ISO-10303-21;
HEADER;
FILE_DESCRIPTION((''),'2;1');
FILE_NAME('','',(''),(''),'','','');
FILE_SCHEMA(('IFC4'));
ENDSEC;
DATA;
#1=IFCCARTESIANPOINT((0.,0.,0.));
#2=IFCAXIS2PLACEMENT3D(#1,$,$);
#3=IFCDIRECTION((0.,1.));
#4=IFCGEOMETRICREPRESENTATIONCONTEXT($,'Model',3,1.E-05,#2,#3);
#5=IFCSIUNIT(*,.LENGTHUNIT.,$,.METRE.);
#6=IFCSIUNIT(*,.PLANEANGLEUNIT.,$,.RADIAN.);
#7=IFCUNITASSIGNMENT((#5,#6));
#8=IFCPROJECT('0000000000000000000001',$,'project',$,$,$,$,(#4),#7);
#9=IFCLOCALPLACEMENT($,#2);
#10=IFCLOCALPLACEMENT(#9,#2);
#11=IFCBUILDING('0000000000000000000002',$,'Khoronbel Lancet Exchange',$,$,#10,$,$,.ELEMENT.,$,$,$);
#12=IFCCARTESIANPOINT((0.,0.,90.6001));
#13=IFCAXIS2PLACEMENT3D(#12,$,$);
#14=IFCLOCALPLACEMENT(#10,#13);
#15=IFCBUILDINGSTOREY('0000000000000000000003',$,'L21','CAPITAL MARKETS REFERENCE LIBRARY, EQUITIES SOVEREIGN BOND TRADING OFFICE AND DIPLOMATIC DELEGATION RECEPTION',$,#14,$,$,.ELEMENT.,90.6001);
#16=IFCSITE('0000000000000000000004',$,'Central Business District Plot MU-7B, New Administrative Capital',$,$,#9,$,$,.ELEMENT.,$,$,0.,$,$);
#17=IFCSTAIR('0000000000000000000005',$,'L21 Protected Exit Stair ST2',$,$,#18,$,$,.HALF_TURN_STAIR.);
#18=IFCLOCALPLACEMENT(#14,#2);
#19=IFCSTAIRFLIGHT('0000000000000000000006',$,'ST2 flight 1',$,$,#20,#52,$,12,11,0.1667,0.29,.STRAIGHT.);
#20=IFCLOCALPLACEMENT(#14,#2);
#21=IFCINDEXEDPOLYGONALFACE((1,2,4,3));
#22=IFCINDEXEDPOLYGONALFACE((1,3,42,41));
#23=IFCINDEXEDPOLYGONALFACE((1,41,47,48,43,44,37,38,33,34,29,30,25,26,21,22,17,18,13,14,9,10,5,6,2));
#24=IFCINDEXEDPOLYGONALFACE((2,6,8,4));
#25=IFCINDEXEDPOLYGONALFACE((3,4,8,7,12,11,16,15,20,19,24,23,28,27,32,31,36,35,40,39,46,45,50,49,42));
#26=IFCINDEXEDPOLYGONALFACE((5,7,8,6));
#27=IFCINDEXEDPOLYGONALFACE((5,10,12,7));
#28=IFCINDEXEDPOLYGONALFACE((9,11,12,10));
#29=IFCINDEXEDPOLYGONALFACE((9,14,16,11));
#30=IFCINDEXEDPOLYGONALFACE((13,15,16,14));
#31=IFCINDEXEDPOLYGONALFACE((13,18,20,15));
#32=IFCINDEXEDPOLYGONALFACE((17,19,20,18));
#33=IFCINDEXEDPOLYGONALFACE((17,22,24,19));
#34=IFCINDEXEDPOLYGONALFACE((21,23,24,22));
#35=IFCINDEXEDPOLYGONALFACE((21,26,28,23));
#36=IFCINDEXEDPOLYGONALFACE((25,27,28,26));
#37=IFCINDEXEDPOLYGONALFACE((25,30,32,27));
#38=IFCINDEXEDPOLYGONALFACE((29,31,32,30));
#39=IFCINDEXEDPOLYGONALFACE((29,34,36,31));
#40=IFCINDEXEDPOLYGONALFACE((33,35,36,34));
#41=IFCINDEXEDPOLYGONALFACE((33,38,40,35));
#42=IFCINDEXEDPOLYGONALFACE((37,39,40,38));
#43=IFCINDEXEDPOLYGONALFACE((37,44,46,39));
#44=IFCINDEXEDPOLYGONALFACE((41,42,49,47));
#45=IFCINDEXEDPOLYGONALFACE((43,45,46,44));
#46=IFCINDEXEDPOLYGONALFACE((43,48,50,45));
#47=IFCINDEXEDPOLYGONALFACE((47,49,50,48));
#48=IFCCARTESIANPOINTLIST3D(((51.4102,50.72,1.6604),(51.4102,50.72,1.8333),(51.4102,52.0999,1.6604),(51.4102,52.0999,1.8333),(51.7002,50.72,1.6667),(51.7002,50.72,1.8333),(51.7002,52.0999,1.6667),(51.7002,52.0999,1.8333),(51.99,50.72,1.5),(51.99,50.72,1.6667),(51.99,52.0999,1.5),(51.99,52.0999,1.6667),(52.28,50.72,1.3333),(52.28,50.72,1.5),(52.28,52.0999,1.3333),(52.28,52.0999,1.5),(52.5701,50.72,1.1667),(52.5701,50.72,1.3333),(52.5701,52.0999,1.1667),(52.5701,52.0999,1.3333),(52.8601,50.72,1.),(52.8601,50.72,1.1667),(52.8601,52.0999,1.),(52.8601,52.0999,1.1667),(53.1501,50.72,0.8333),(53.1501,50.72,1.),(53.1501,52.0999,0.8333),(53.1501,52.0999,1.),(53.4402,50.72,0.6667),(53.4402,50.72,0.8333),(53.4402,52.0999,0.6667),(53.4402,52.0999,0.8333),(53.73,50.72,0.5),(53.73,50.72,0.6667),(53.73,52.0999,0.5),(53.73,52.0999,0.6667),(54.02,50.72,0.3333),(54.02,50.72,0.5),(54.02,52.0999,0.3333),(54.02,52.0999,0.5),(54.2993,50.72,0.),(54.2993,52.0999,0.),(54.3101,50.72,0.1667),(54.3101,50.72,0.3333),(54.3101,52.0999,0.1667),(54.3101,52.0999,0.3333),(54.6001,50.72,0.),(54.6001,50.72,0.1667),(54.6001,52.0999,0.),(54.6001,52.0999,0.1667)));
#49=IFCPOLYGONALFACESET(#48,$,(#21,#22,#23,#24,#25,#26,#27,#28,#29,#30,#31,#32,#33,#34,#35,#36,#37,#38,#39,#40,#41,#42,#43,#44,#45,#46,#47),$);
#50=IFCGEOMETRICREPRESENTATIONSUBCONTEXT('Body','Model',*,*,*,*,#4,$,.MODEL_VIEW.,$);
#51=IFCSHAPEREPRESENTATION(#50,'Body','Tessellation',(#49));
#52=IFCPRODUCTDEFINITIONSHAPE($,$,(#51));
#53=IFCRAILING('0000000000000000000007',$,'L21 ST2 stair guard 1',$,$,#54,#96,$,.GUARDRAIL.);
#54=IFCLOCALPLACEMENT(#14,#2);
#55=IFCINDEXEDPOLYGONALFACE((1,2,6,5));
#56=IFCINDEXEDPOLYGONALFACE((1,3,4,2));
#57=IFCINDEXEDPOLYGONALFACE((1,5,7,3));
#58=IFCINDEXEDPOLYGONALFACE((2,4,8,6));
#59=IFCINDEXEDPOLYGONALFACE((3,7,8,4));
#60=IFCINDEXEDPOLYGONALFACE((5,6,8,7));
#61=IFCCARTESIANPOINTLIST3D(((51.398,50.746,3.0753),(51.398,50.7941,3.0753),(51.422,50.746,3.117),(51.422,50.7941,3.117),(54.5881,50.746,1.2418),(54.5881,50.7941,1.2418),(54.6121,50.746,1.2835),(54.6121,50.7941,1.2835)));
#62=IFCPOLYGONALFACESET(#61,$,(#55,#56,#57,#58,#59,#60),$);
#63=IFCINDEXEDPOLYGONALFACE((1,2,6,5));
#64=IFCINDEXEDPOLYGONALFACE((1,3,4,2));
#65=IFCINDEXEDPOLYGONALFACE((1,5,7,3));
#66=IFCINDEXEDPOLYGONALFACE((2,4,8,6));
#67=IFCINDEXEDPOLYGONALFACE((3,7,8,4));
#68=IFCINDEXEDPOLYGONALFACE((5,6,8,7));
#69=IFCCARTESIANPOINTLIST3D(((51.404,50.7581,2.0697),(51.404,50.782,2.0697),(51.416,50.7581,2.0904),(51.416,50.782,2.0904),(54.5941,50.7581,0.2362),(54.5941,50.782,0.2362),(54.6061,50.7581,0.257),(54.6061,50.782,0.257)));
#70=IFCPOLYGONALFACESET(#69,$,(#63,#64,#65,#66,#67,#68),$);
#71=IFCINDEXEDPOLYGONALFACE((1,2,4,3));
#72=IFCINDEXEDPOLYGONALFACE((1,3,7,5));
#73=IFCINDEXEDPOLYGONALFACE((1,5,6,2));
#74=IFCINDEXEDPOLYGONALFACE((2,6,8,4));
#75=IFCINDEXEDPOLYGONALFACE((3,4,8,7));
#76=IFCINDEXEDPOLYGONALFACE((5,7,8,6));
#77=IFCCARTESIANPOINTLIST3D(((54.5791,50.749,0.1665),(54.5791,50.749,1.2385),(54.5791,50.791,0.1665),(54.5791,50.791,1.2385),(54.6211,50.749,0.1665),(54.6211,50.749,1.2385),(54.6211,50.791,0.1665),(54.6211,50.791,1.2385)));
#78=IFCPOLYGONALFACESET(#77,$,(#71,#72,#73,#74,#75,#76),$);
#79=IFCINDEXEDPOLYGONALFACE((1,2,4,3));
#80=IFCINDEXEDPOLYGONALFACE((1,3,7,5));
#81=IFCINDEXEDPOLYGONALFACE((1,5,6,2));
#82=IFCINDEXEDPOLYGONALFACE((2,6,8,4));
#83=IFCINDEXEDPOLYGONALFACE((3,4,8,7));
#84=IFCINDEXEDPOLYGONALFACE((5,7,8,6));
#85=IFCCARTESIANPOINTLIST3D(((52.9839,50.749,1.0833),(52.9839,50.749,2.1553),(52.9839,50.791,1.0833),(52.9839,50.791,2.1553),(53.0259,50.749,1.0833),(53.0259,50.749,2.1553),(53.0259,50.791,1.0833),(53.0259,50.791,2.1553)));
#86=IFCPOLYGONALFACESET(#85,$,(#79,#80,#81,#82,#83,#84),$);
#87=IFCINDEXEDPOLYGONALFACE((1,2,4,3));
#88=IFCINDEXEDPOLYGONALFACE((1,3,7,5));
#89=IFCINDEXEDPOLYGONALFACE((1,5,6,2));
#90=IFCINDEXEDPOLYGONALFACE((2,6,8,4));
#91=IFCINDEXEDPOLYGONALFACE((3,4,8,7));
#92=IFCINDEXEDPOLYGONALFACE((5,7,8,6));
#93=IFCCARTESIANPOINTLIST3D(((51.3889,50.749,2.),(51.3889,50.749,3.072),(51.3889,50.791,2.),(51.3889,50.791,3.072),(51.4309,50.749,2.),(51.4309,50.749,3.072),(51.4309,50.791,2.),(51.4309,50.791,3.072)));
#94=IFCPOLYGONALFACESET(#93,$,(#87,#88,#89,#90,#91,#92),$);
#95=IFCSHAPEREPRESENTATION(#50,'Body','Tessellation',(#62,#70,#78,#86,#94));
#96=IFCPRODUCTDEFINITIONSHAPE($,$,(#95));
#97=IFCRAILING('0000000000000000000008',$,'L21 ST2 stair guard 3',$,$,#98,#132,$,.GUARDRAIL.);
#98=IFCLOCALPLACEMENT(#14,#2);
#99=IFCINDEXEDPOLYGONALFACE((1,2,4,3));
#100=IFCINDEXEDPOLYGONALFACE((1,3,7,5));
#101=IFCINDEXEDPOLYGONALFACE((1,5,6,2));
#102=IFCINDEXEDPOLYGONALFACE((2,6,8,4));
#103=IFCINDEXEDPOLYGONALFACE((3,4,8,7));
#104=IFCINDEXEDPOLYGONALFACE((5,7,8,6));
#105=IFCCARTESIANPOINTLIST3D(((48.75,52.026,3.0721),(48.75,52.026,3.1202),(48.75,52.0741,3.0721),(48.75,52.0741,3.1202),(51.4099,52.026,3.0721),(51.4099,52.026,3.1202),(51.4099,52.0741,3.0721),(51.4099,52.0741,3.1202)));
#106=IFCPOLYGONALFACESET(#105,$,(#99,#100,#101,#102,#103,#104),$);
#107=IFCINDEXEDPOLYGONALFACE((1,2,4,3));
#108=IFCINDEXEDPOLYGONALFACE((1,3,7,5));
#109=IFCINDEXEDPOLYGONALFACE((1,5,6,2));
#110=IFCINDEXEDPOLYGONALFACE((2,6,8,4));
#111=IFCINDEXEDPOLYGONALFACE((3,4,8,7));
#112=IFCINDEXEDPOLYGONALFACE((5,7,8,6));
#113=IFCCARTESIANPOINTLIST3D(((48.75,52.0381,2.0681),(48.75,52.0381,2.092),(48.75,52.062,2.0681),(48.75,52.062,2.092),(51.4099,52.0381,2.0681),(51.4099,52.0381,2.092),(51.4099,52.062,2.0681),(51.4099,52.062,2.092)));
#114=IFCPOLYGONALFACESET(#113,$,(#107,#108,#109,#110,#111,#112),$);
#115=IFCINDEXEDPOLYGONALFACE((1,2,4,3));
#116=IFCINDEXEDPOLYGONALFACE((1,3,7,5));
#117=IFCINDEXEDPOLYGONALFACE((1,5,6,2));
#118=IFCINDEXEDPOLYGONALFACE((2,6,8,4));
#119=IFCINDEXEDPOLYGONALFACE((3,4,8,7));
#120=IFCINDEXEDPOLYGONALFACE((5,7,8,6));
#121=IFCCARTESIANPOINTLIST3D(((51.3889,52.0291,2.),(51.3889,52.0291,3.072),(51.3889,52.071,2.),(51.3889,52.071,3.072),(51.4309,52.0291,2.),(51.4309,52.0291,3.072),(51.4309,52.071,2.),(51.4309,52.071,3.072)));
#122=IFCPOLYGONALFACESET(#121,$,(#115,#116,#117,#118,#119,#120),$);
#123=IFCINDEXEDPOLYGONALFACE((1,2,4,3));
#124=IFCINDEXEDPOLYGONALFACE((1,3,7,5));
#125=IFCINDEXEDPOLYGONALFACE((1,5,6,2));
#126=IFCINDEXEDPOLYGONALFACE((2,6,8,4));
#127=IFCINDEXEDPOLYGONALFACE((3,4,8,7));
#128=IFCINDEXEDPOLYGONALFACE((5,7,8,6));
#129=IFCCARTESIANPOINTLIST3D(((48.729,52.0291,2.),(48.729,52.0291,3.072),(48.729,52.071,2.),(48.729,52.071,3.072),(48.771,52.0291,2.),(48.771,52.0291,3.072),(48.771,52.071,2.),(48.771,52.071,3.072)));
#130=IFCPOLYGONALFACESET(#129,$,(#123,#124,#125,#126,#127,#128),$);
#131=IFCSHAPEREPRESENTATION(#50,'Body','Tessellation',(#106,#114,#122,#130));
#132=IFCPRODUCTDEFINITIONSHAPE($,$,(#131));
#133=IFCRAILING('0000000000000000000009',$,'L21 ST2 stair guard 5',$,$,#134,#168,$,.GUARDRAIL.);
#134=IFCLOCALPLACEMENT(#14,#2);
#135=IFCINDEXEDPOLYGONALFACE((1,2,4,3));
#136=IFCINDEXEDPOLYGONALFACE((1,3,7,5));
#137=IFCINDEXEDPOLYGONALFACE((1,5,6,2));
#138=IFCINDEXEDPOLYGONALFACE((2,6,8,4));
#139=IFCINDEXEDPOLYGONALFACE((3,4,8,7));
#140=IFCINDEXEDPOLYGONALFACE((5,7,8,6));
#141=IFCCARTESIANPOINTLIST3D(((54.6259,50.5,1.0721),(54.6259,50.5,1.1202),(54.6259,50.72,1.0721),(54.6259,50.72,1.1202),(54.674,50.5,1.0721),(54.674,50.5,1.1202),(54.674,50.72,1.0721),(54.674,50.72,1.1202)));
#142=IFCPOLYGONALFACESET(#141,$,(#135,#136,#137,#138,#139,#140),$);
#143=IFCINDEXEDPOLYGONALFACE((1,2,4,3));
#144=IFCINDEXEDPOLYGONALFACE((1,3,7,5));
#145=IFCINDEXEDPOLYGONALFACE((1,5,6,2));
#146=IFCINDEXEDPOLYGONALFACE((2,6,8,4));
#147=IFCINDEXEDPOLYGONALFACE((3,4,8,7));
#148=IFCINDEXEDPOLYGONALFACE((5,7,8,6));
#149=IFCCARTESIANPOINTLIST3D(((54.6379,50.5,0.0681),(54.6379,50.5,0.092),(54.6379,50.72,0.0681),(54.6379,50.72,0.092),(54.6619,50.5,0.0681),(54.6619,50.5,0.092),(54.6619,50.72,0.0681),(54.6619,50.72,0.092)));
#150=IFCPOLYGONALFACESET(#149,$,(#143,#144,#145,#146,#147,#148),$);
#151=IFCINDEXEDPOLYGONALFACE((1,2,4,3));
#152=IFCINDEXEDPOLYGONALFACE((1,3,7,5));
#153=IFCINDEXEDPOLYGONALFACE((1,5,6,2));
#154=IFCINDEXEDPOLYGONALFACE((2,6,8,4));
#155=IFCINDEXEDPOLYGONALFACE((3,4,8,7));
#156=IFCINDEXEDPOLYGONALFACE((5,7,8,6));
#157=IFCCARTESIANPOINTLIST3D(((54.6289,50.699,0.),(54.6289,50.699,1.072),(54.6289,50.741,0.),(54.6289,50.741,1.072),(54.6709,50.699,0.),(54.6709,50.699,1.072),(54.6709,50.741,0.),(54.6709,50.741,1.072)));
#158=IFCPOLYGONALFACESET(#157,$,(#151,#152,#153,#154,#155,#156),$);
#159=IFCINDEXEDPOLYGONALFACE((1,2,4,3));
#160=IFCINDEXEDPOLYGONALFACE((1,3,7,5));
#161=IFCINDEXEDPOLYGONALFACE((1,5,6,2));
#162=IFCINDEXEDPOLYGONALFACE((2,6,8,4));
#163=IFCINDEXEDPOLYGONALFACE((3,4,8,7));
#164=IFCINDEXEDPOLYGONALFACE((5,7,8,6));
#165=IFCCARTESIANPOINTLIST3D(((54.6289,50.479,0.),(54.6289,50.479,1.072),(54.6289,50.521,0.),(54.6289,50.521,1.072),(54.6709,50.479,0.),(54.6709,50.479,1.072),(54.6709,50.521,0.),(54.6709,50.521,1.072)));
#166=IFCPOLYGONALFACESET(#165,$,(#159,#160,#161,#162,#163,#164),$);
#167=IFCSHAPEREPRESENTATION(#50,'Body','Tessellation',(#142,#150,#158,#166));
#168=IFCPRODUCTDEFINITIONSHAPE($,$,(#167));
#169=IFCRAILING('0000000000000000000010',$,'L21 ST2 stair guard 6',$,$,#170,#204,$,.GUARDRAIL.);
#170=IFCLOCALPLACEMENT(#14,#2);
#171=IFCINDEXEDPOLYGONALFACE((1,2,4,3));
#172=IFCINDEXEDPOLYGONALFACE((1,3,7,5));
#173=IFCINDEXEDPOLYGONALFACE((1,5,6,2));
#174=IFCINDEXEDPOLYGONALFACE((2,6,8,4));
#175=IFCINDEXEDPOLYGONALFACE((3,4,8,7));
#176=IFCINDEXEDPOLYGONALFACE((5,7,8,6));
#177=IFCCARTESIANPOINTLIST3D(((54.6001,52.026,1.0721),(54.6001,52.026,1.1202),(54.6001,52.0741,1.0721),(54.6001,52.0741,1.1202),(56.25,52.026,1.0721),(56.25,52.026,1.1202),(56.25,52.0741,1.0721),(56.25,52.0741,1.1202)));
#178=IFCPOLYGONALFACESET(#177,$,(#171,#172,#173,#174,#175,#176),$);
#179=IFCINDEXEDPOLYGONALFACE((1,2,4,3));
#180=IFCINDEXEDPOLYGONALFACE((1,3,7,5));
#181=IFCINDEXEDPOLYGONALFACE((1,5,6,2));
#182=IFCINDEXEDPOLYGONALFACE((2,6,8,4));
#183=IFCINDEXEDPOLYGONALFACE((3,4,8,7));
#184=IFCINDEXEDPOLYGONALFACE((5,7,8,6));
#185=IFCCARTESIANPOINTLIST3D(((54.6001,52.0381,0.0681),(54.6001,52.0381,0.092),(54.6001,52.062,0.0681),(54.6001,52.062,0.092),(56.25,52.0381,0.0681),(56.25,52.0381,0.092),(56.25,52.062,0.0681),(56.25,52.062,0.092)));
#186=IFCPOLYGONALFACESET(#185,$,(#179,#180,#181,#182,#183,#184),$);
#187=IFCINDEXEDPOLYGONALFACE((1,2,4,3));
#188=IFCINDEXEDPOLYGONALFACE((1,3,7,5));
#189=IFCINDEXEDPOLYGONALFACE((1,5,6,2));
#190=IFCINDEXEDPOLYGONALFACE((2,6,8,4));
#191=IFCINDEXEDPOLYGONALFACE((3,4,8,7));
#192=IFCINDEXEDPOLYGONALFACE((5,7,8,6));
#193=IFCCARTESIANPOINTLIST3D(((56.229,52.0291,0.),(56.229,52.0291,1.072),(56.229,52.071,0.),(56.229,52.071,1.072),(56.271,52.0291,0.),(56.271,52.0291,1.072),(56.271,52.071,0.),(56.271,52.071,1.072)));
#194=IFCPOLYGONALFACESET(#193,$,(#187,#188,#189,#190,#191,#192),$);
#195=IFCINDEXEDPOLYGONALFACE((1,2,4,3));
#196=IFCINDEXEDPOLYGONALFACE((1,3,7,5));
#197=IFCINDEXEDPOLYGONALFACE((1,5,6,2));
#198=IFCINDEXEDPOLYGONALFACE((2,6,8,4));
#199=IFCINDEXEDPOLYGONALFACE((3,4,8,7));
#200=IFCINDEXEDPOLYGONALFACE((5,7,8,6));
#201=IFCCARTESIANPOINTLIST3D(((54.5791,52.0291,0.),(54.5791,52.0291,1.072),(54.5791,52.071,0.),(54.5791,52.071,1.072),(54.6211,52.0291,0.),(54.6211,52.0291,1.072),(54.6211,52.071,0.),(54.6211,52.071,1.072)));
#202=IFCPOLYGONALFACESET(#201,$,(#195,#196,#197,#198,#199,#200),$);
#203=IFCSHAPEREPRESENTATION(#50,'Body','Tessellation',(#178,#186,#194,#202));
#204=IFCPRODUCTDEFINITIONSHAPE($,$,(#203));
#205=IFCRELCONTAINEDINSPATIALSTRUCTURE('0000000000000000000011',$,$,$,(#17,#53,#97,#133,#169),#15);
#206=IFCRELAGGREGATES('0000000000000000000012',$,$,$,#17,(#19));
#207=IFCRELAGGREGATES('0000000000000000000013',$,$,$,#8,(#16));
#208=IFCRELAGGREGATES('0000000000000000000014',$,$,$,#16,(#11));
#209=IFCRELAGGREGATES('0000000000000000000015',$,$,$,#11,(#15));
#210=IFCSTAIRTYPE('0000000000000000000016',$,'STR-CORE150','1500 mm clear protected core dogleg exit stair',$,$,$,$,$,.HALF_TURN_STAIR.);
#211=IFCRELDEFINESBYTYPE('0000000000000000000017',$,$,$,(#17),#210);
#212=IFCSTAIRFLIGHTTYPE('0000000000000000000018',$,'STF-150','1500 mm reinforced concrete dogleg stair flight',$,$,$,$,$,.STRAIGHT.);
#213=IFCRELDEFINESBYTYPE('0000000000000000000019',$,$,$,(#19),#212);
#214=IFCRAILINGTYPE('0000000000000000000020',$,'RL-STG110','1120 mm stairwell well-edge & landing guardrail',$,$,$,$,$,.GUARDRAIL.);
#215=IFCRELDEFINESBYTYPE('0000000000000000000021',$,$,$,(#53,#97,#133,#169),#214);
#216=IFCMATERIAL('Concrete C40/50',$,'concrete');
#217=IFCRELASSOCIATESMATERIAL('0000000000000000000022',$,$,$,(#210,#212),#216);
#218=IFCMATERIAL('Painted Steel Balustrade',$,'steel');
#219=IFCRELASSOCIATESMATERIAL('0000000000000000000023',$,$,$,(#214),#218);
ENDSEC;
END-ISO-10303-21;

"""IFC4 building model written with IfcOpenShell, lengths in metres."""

from ifc_helpers import new_model, si_unit, direction, frame, origin, origin_2d, place, context, subcontext, project, spatial, polyline, rectangle, outline, extrude, material, type_object, element, aggregate, save


model = new_model("IFC4")

# Units and contexts
model_context = context("Model", 3, precision=1e-05, world=origin(), true_north=direction((0.0, 1.0)))
body_context = subcontext(model_context, "Body", "Model", "MODEL_VIEW")
ifc_project = project(units=[si_unit("LENGTHUNIT", "METRE"), si_unit("PLANEANGLEUNIT", "RADIAN")], contexts=[model_context])

# Site, building, storey
site_placement = place(None, origin())
site = spatial("IfcSite", under=ifc_project, at=site_placement, Name="Central Business District Plot MU-7B, New Administrative Capital", CompositionType="ELEMENT", RefElevation=0.0)
building_placement = place(site_placement, origin())
building = spatial("IfcBuilding", under=site, at=building_placement, Name="Khoronbel Lancet Exchange", CompositionType="ELEMENT")
storey_placement = place(building_placement, frame((0.0, 0.0, 90.6001)))
storey = spatial("IfcBuildingStorey", under=building, at=storey_placement, Name="L21", Description="CAPITAL MARKETS REFERENCE LIBRARY, EQUITIES SOVEREIGN BOND TRADING OFFICE AND DIPLOMATIC DELEGATION RECEPTION", CompositionType="ELEMENT", Elevation=90.6001)

# Stair, stair flight
ifc_material_1 = material(Name="Concrete C40/50", Category="concrete")
stair_type = type_object("IfcStairType", Name="STR-CORE150", Description="1500 mm clear protected core dogleg exit stair", PredefinedType="HALF_TURN_STAIR", material=ifc_material_1)
stair_placement = place(storey_placement, origin())
stair = element("IfcStair", 1, at=stair_placement, inside=storey, type_object=stair_type, Name="L21 Protected Exit Stair ST2", PredefinedType="HALF_TURN_STAIR")
stair_flight_type = type_object("IfcStairFlightType", Name="STF-150", Description="1500 mm reinforced concrete dogleg stair flight", PredefinedType="STRAIGHT", material=ifc_material_1)
stair_flight_placement = place(storey_placement, frame((54.6001, 51.4099, 0.0), z_axis=(0.0, 0.0, 1.0), x_axis=(-1.0, 0.0, 0.0)))
stair_flight = element("IfcStairFlight", 2, at=stair_flight_placement, type_object=stair_flight_type, Name="ST2 flight 1", NumberOfRisers=12, NumberOfTreads=11, PredefinedType="STRAIGHT", RiserHeight=0.1667, TreadLength=0.29, context=body_context, shape_type="SweptSolid", body=[
    extrude(outline(polyline([(0.0, 0.0), (0.0, 0.1667), (0.29, 0.1667), (0.29, 0.3333), (0.5801, 0.3333), (0.5801, 0.5), (0.8701, 0.5), (0.8701, 0.6667), (1.1599, 0.6667), (1.1599, 0.8333), (1.45, 0.8333), (1.45, 1.0), (1.74, 1.0), (1.74, 1.1667), (2.03, 1.1667), (2.03, 1.3333), (2.3201, 1.3333), (2.3201, 1.5), (2.6101, 1.5), (2.6101, 1.6667), (2.8999, 1.6667), (2.8999, 1.8333), (3.1899, 1.8333), (3.1899, 2.0), (3.1899, 1.6604), (0.3008, 0.0), (0.0, 0.0)])), frame((0.0, 0.6899, 0.0), z_axis=(0.0, -1.0, 0.0), x_axis=(1.0, 0.0, 0.0)), (0.0, 0.0, 1.0), 1.3799),
])
aggregate(stair, [stair_flight])

# Railings
ifc_material_2 = material(Name="Painted Steel Balustrade", Category="steel")
railing_type_1 = type_object("IfcRailingType", Name="RL-STG110", Description="1120 mm stairwell well-edge & landing guardrail", PredefinedType="GUARDRAIL", material=ifc_material_2)
railing_1_placement = place(storey_placement, frame((54.6001, 50.77, 0.1665)))
element("IfcRailing", 3, at=railing_1_placement, inside=storey, type_object=railing_type_1, Name="L21 ST2 stair guard 1", PredefinedType="GUARDRAIL", context=body_context, shape_type="SweptSolid", body=[
    extrude(rectangle(XDim=0.0481, YDim=0.0481, at=origin_2d()), frame((0.0, 0.0, 1.0962), z_axis=(-0.867007, 0.0, 0.498295), x_axis=(0.0, -1.0, 0.0)), (0.0, 0.0, 1.0), 3.6794),
    extrude(rectangle(XDim=0.0239, YDim=0.0239, at=origin_2d()), frame((0.0, 0.0, 0.0801), z_axis=(-0.867007, 0.0, 0.498295), x_axis=(0.0, -1.0, 0.0)), (0.0, 0.0, 1.0), 3.6794),
    extrude(rectangle(XDim=0.042, YDim=0.042, at=origin_2d()), origin(), (0.0, 0.0, 1.0), 1.072),
    extrude(rectangle(XDim=0.042, YDim=0.042, at=origin_2d()), frame((-1.5952, 0.0, 0.9167)), (0.0, 0.0, 1.0), 1.072),
    extrude(rectangle(XDim=0.042, YDim=0.042, at=origin_2d()), frame((-3.1902, 0.0, 1.8335)), (0.0, 0.0, 1.0), 1.072),
])
railing_2_placement = place(storey_placement, frame((51.4099, 52.05, 2.0)))
element("IfcRailing", 4, at=railing_2_placement, inside=storey, type_object=railing_type_1, Name="L21 ST2 stair guard 3", PredefinedType="GUARDRAIL", context=body_context, shape_type="SweptSolid", body=[
    extrude(rectangle(XDim=0.0481, YDim=0.0481, at=origin_2d()), frame((0.0, 0.0, 1.0962), z_axis=(-1.0, 0.0, 0.0), x_axis=(0.0, -1.0, 0.0)), (0.0, 0.0, 1.0), 2.6599),
    extrude(rectangle(XDim=0.0239, YDim=0.0239, at=origin_2d()), frame((0.0, 0.0, 0.0801), z_axis=(-1.0, 0.0, 0.0), x_axis=(0.0, -1.0, 0.0)), (0.0, 0.0, 1.0), 2.6599),
    extrude(rectangle(XDim=0.042, YDim=0.042, at=origin_2d()), origin(), (0.0, 0.0, 1.0), 1.072),
    extrude(rectangle(XDim=0.042, YDim=0.042, at=origin_2d()), frame((-2.6599, 0.0, 0.0)), (0.0, 0.0, 1.0), 1.072),
])
railing_3_placement = place(storey_placement, frame((54.6499, 50.72, 0.0)))
element("IfcRailing", 5, at=railing_3_placement, inside=storey, type_object=railing_type_1, Name="L21 ST2 stair guard 5", PredefinedType="GUARDRAIL", context=body_context, shape_type="SweptSolid", body=[
    extrude(rectangle(XDim=0.0481, YDim=0.0481, at=origin_2d()), frame((0.0, 0.0, 1.0962), z_axis=(0.0, -1.0, 0.0), x_axis=(1.0, 0.0, 0.0)), (0.0, 0.0, 1.0), 0.22),
    extrude(rectangle(XDim=0.0239, YDim=0.0239, at=origin_2d()), frame((0.0, 0.0, 0.0801), z_axis=(0.0, -1.0, 0.0), x_axis=(1.0, 0.0, 0.0)), (0.0, 0.0, 1.0), 0.22),
    extrude(rectangle(XDim=0.042, YDim=0.042, at=origin_2d()), origin(), (0.0, 0.0, 1.0), 1.072),
    extrude(rectangle(XDim=0.042, YDim=0.042, at=origin_2d()), frame((0.0, -0.22, 0.0)), (0.0, 0.0, 1.0), 1.072),
])
railing_4_placement = place(storey_placement, frame((56.25, 52.05, 0.0)))
element("IfcRailing", 6, at=railing_4_placement, inside=storey, type_object=railing_type_1, Name="L21 ST2 stair guard 6", PredefinedType="GUARDRAIL", context=body_context, shape_type="SweptSolid", body=[
    extrude(rectangle(XDim=0.0481, YDim=0.0481, at=origin_2d()), frame((0.0, 0.0, 1.0962), z_axis=(-1.0, 0.0, 0.0), x_axis=(0.0, -1.0, 0.0)), (0.0, 0.0, 1.0), 1.6499),
    extrude(rectangle(XDim=0.0239, YDim=0.0239, at=origin_2d()), frame((0.0, 0.0, 0.0801), z_axis=(-1.0, 0.0, 0.0), x_axis=(0.0, -1.0, 0.0)), (0.0, 0.0, 1.0), 1.6499),
    extrude(rectangle(XDim=0.042, YDim=0.042, at=origin_2d()), origin(), (0.0, 0.0, 1.0), 1.072),
    extrude(rectangle(XDim=0.042, YDim=0.042, at=origin_2d()), frame((-1.6499, 0.0, 0.0)), (0.0, 0.0, 1.0), 1.072),
])

save(model, "model.ifc")
